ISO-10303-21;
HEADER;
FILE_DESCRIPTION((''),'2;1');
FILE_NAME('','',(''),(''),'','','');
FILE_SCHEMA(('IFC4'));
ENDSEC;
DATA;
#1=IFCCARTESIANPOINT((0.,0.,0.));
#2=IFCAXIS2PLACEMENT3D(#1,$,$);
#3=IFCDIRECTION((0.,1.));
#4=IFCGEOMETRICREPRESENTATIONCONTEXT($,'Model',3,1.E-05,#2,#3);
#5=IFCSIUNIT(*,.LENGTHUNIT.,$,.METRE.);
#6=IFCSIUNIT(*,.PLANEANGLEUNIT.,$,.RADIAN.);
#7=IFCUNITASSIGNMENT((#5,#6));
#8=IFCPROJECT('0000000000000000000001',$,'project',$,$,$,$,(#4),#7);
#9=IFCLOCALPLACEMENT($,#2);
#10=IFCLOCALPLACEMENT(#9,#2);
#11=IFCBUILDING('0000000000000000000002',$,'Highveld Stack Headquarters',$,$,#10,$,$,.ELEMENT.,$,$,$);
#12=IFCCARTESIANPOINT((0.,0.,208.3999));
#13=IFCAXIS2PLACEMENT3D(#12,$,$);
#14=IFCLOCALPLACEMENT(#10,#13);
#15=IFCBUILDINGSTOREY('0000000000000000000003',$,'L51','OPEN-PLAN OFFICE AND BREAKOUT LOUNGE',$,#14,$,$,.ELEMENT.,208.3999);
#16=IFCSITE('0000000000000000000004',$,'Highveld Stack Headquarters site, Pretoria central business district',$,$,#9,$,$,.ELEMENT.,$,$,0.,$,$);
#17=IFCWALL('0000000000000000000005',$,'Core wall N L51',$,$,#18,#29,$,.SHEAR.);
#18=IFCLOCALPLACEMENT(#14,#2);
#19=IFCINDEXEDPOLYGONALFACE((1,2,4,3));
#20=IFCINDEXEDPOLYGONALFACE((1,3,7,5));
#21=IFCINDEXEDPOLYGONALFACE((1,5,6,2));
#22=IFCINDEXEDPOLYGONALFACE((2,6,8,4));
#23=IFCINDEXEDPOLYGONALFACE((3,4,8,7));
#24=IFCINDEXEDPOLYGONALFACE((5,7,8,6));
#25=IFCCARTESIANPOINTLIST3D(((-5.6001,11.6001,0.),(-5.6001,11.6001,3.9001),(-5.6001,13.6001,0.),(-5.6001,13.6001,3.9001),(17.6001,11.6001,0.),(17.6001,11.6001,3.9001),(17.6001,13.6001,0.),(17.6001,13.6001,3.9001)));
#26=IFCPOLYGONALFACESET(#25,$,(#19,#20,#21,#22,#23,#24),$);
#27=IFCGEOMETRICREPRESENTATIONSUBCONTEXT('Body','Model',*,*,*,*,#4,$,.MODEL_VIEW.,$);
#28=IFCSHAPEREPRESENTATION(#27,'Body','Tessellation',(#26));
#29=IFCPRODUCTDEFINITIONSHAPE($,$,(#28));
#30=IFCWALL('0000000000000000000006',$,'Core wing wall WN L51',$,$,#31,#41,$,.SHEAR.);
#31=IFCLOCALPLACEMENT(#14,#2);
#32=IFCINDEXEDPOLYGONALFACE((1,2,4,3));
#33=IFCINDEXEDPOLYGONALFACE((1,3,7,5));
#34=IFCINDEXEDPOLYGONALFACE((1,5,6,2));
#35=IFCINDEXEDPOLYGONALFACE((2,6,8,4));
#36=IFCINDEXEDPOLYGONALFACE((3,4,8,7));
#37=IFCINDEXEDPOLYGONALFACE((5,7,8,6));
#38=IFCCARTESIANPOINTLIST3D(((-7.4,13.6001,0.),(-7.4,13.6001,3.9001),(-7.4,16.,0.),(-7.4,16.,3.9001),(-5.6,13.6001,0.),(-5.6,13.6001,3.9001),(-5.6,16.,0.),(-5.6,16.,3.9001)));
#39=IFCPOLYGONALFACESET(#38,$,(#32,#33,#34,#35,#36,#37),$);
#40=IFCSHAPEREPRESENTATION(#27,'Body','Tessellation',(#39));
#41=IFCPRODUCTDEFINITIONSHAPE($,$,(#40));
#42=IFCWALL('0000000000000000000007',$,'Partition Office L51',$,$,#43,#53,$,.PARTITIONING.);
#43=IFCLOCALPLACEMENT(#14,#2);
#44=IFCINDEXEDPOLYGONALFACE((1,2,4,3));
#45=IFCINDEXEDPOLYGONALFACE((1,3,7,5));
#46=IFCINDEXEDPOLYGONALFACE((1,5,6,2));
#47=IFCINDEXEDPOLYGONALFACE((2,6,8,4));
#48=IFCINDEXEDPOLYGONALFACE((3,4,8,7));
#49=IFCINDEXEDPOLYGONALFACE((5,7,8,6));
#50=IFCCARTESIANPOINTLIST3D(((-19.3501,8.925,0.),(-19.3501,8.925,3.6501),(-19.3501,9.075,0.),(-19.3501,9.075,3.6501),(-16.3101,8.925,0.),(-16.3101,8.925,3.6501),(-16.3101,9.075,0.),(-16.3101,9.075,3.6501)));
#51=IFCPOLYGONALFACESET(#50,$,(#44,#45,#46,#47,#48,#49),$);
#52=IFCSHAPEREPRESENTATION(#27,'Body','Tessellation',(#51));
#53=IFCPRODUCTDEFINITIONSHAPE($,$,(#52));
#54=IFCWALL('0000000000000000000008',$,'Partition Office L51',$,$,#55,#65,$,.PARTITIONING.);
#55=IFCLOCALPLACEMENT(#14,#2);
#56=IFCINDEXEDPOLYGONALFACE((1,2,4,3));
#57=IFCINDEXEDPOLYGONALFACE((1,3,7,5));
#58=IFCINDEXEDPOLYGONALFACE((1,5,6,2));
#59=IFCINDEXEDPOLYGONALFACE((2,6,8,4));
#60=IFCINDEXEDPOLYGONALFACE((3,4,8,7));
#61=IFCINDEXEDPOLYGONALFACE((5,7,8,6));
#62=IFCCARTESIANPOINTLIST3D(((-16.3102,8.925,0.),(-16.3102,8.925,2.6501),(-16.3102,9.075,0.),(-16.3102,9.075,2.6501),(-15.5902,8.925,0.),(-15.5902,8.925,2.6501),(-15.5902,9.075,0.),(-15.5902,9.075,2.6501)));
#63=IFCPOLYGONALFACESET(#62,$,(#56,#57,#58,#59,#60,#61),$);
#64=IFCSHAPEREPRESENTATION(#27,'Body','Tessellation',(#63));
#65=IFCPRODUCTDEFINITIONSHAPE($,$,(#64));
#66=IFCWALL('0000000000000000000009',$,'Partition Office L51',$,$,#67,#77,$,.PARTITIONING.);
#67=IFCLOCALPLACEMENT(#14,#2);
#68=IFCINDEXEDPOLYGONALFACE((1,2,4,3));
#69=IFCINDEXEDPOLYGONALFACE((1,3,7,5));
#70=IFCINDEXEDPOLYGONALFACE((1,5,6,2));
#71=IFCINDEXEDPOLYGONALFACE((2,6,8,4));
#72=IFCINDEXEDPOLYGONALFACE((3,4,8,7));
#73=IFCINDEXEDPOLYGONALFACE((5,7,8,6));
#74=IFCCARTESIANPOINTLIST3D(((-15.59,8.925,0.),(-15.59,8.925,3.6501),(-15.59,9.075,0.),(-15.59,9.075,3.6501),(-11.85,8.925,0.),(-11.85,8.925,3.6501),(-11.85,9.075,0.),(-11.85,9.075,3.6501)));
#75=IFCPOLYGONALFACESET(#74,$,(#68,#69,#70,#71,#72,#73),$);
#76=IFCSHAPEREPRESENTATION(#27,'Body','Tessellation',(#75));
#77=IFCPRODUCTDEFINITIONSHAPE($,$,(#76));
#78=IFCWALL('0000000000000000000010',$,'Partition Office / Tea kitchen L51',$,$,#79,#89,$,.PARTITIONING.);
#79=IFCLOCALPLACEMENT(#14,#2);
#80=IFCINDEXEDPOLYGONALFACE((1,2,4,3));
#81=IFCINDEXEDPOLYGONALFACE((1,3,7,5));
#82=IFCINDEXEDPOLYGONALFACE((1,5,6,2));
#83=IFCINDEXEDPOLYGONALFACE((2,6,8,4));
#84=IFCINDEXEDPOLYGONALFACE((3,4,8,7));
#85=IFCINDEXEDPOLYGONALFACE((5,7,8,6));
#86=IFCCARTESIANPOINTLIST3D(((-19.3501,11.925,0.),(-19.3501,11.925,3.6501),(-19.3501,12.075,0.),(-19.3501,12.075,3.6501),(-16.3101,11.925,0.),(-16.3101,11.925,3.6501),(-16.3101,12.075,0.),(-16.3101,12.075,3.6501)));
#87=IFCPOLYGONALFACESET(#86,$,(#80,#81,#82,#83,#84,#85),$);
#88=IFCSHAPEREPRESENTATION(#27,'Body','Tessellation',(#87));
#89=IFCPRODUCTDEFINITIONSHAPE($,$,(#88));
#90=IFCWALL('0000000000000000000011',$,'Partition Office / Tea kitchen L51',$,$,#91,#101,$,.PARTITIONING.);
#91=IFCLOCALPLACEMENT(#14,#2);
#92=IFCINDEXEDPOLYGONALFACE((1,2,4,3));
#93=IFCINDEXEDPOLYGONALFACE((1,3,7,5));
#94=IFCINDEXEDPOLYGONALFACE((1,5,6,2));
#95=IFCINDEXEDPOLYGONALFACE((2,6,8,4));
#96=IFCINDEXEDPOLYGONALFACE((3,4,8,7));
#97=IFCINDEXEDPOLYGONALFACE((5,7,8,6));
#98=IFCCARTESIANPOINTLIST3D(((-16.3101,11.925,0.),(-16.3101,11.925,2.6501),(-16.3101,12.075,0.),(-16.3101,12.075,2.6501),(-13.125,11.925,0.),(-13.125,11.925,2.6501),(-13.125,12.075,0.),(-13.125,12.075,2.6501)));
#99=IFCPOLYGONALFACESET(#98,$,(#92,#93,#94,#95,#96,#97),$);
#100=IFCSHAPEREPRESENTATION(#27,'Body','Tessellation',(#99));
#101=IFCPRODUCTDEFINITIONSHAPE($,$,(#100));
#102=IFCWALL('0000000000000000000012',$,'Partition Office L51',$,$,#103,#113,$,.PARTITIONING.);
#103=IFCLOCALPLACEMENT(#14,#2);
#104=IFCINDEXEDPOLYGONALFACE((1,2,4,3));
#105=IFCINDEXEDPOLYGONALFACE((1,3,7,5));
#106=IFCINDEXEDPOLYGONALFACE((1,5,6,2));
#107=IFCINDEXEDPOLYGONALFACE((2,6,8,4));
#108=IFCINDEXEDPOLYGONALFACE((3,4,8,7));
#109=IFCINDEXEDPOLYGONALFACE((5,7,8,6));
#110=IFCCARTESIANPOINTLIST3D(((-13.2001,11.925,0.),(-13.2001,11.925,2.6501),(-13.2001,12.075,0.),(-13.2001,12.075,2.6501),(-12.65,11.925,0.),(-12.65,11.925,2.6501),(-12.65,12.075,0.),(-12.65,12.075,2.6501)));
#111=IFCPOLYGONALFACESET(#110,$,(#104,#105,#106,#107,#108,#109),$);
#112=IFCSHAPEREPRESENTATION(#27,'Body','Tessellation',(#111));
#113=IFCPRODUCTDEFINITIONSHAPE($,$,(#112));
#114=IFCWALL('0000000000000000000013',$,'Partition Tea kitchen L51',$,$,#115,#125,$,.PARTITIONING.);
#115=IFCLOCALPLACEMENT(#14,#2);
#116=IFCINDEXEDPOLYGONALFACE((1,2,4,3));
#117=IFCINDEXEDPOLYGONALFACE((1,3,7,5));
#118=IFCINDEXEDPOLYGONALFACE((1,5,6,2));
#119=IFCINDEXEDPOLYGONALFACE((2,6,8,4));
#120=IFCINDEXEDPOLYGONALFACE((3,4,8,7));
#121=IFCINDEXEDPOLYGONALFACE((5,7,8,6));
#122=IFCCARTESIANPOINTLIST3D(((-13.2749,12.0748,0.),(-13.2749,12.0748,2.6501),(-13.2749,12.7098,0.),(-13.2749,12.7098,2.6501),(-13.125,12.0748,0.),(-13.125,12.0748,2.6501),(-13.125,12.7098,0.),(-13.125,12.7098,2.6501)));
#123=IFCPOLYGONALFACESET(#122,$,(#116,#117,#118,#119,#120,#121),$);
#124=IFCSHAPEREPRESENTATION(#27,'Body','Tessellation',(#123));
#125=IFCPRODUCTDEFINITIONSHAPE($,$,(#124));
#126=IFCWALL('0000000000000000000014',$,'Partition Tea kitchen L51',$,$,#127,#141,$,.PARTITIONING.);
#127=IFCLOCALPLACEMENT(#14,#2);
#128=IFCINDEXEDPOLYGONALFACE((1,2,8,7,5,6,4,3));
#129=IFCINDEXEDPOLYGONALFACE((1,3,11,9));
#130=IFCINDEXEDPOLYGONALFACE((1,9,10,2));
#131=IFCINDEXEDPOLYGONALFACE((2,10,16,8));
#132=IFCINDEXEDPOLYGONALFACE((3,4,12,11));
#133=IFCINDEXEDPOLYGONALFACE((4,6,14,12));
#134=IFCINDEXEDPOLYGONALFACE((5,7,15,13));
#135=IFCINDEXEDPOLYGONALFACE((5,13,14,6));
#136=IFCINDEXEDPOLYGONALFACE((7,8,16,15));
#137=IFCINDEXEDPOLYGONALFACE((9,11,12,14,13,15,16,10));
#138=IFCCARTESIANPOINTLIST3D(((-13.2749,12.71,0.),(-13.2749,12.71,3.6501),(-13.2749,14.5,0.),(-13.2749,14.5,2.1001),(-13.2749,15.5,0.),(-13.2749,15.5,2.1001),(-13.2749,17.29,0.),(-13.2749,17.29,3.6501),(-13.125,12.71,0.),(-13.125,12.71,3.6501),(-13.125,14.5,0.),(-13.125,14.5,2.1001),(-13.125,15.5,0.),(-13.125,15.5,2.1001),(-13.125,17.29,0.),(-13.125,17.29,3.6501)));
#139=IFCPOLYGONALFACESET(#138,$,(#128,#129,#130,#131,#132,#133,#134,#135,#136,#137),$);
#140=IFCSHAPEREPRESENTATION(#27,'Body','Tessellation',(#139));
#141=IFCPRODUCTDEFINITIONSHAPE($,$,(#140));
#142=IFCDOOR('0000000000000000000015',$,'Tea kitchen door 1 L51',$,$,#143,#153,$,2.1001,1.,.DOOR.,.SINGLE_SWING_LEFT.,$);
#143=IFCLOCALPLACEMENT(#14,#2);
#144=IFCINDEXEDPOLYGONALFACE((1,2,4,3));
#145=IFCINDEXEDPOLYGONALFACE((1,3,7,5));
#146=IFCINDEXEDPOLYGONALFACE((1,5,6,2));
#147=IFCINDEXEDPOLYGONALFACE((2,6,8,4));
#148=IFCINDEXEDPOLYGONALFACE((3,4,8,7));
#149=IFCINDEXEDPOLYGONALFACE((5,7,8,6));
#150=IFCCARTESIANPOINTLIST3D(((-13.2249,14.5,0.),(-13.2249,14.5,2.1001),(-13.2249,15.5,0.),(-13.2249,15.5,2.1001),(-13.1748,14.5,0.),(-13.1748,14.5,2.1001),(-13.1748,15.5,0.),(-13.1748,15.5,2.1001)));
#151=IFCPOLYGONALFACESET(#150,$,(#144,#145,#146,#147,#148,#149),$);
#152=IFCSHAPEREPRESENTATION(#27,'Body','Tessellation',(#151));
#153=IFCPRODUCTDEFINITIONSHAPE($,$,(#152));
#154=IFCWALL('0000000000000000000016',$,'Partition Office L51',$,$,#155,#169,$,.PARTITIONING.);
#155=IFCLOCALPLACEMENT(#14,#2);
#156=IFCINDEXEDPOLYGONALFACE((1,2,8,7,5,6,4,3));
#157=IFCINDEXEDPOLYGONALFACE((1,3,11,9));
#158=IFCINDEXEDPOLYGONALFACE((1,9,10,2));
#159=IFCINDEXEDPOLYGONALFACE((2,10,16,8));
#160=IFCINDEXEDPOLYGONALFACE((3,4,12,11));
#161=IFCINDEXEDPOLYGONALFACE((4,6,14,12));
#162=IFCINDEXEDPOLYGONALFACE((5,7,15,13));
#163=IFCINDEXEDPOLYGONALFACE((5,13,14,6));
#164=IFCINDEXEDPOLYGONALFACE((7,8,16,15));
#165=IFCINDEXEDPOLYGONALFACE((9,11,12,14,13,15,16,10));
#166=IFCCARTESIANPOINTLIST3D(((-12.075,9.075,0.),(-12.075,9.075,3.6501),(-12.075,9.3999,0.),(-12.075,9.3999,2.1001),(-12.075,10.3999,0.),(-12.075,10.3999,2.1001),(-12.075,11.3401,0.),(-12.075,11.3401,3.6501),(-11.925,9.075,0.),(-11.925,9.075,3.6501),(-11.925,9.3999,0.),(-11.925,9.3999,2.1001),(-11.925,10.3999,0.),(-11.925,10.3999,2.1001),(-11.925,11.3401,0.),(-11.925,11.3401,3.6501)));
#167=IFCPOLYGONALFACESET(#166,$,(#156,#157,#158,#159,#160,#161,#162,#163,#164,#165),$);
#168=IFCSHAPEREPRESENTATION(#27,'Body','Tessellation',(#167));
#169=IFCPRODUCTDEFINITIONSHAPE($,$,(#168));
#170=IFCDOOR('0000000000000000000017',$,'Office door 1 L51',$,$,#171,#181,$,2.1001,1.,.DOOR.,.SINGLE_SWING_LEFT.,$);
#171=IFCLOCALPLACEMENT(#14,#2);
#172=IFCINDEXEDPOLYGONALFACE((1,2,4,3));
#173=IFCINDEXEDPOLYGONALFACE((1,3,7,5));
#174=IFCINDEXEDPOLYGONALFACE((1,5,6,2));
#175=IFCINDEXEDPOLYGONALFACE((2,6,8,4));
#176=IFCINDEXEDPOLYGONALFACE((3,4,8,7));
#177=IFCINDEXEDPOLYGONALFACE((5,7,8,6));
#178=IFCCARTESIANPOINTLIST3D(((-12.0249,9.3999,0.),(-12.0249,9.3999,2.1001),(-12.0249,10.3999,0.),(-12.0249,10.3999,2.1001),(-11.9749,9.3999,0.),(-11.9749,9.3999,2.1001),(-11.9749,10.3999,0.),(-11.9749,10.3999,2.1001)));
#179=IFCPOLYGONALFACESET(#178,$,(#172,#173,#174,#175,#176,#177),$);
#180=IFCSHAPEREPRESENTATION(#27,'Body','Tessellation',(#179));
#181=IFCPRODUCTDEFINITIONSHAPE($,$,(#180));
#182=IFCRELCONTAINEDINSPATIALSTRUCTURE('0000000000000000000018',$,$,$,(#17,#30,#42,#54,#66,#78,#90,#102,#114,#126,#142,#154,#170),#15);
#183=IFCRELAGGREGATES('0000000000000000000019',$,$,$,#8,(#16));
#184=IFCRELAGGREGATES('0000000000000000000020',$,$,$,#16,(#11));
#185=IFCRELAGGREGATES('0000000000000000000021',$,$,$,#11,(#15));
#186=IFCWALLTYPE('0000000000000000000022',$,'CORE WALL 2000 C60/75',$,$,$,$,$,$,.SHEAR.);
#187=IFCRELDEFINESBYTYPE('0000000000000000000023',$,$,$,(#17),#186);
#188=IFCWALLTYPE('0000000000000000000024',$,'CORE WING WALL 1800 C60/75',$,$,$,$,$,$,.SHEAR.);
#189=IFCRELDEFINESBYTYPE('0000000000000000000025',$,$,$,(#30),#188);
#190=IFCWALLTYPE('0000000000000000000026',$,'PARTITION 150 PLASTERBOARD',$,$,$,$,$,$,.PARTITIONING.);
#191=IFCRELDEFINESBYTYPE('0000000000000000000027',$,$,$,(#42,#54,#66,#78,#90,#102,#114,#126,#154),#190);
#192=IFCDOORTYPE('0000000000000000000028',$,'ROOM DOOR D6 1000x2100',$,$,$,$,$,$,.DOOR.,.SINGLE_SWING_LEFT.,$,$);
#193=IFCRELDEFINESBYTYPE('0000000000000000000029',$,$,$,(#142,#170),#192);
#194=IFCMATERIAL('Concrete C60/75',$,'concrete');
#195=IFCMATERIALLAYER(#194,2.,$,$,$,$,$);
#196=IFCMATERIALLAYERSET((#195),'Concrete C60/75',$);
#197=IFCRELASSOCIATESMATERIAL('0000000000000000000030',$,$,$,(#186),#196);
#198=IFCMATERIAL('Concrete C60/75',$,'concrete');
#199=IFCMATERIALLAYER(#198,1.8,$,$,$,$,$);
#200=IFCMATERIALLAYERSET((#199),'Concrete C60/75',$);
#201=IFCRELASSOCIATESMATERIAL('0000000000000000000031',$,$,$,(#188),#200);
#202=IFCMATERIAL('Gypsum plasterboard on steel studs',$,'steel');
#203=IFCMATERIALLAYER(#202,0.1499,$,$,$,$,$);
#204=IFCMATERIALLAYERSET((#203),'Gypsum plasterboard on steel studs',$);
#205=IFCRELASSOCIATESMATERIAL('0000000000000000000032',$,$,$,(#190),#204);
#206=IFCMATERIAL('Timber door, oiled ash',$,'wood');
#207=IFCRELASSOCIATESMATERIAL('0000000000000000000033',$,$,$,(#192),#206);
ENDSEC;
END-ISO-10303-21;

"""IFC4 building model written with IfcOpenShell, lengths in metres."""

from ifc_helpers import new_model, si_unit, direction, frame, frame_2d, origin, place, context, subcontext, project, spatial, rectangle, extrude, material, layer, layer_set, type_object, element, fill, save


model = new_model("IFC4")

# Units and contexts
model_context = context("Model", 3, precision=1e-05, world=origin(), true_north=direction((0.0, 1.0)))
body_context = subcontext(model_context, "Body", "Model", "MODEL_VIEW")
ifc_project = project(units=[si_unit("LENGTHUNIT", "METRE"), si_unit("PLANEANGLEUNIT", "RADIAN")], contexts=[model_context])

# Site, building, storey
site_placement = place(None, origin())
site = spatial("IfcSite", under=ifc_project, at=site_placement, Name="Highveld Stack Headquarters site, Pretoria central business district", CompositionType="ELEMENT", RefElevation=0.0)
building_placement = place(site_placement, origin())
building = spatial("IfcBuilding", under=site, at=building_placement, Name="Highveld Stack Headquarters", CompositionType="ELEMENT")
storey_placement = place(building_placement, frame((0.0, 0.0, 208.3999)))
storey = spatial("IfcBuildingStorey", under=building, at=storey_placement, Name="L51", Description="OPEN-PLAN OFFICE AND BREAKOUT LOUNGE", CompositionType="ELEMENT", Elevation=208.3999)

# Walls
ifc_material_1 = material(Name="Concrete C60/75", Category="concrete")
ifc_layer_1 = layer(ifc_material_1, 2.0)
ifc_layer_set_1 = layer_set([ifc_layer_1], Name="Concrete C60/75")
wall_type_1 = type_object("IfcWallType", Name="CORE WALL 2000 C60/75", PredefinedType="SHEAR", material=ifc_layer_set_1)
wall_1_placement = place(storey_placement, frame((-5.6001, 12.6001, 0.0), z_axis=(0.0, 0.0, 1.0), x_axis=(1.0, 0.0, 0.0)))
element("IfcWall", 1, at=wall_1_placement, inside=storey, type_object=wall_type_1, Name="Core wall N L51", PredefinedType="SHEAR", context=body_context, shape_type="SweptSolid", body=[
    extrude(rectangle(XDim=23.2002, YDim=2.0, at=frame_2d((11.6001, 0.0))), origin(), (0.0, 0.0, 1.0), 3.9001),
])
ifc_material_2 = material(Name="Concrete C60/75", Category="concrete")
ifc_layer_2 = layer(ifc_material_2, 1.8)
ifc_layer_set_2 = layer_set([ifc_layer_2], Name="Concrete C60/75")
wall_type_2 = type_object("IfcWallType", Name="CORE WING WALL 1800 C60/75", PredefinedType="SHEAR", material=ifc_layer_set_2)
wall_2_placement = place(storey_placement, frame((-6.5, 13.6001, 0.0), z_axis=(0.0, 0.0, 1.0), x_axis=(0.0, 1.0, 0.0)))
element("IfcWall", 2, at=wall_2_placement, inside=storey, type_object=wall_type_2, Name="Core wing wall WN L51", PredefinedType="SHEAR", context=body_context, shape_type="SweptSolid", body=[
    extrude(rectangle(XDim=2.3999, YDim=1.8, at=frame_2d((1.2, 0.0))), origin(), (0.0, 0.0, 1.0), 3.9001),
])
ifc_material_3 = material(Name="Gypsum plasterboard on steel studs", Category="steel")
ifc_layer_3 = layer(ifc_material_3, 0.1499)
ifc_layer_set_3 = layer_set([ifc_layer_3], Name="Gypsum plasterboard on steel studs")
wall_type_3 = type_object("IfcWallType", Name="PARTITION 150 PLASTERBOARD", PredefinedType="PARTITIONING", material=ifc_layer_set_3)
wall_3_placement = place(storey_placement, frame((-19.3501, 9.0, 0.0), z_axis=(0.0, 0.0, 1.0), x_axis=(1.0, 0.0, 0.0)))
element("IfcWall", 3, at=wall_3_placement, inside=storey, type_object=wall_type_3, Name="Partition Office L51", PredefinedType="PARTITIONING", context=body_context, shape_type="SweptSolid", body=[
    extrude(rectangle(XDim=3.04, YDim=0.1499, at=frame_2d((1.52, 0.0))), origin(), (0.0, 0.0, 1.0), 3.6501),
])
wall_4_placement = place(storey_placement, frame((-16.3101, 9.0, 0.0), z_axis=(0.0, 0.0, 1.0), x_axis=(1.0, 0.0, 0.0)))
element("IfcWall", 4, at=wall_4_placement, inside=storey, type_object=wall_type_3, Name="Partition Office L51", PredefinedType="PARTITIONING", context=body_context, shape_type="SweptSolid", body=[
    extrude(rectangle(XDim=0.72, YDim=0.1499, at=frame_2d((0.3599, 0.0))), origin(), (0.0, 0.0, 1.0), 2.6501),
])
wall_5_placement = place(storey_placement, frame((-15.5901, 9.0, 0.0), z_axis=(0.0, 0.0, 1.0), x_axis=(1.0, 0.0, 0.0)))
element("IfcWall", 5, at=wall_5_placement, inside=storey, type_object=wall_type_3, Name="Partition Office L51", PredefinedType="PARTITIONING", context=body_context, shape_type="SweptSolid", body=[
    extrude(rectangle(XDim=3.74, YDim=0.1499, at=frame_2d((1.8701, 0.0))), origin(), (0.0, 0.0, 1.0), 3.6501),
])
wall_6_placement = place(storey_placement, frame((-19.3501, 12.0, 0.0), z_axis=(0.0, 0.0, 1.0), x_axis=(1.0, 0.0, 0.0)))
element("IfcWall", 6, at=wall_6_placement, inside=storey, type_object=wall_type_3, Name="Partition Office / Tea kitchen L51", PredefinedType="PARTITIONING", context=body_context, shape_type="SweptSolid", body=[
    extrude(rectangle(XDim=3.04, YDim=0.1499, at=frame_2d((1.52, 0.0))), origin(), (0.0, 0.0, 1.0), 3.6501),
])
wall_7_placement = place(storey_placement, frame((-16.3101, 12.0, 0.0), z_axis=(0.0, 0.0, 1.0), x_axis=(1.0, 0.0, 0.0)))
element("IfcWall", 7, at=wall_7_placement, inside=storey, type_object=wall_type_3, Name="Partition Office / Tea kitchen L51", PredefinedType="PARTITIONING", context=body_context, shape_type="SweptSolid", body=[
    extrude(rectangle(XDim=3.1851, YDim=0.1499, at=frame_2d((1.5925, 0.0))), origin(), (0.0, 0.0, 1.0), 2.6501),
])
wall_8_placement = place(storey_placement, frame((-13.2, 12.0, 0.0), z_axis=(0.0, 0.0, 1.0), x_axis=(1.0, 0.0, 0.0)))
element("IfcWall", 8, at=wall_8_placement, inside=storey, type_object=wall_type_3, Name="Partition Office L51", PredefinedType="PARTITIONING", context=body_context, shape_type="SweptSolid", body=[
    extrude(rectangle(XDim=0.55, YDim=0.1499, at=frame_2d((0.2749, 0.0))), origin(), (0.0, 0.0, 1.0), 2.6501),
])
wall_9_placement = place(storey_placement, frame((-13.2, 12.075, 0.0), z_axis=(0.0, 0.0, 1.0), x_axis=(0.0, 1.0, 0.0)))
element("IfcWall", 9, at=wall_9_placement, inside=storey, type_object=wall_type_3, Name="Partition Tea kitchen L51", PredefinedType="PARTITIONING", context=body_context, shape_type="SweptSolid", body=[
    extrude(rectangle(XDim=0.635, YDim=0.1499, at=frame_2d((0.3174, 0.0))), origin(), (0.0, 0.0, 1.0), 2.6501),
])

# Walls, openings, doors
wall_10_placement = place(storey_placement, frame((-13.2, 12.71, 0.0), z_axis=(0.0, 0.0, 1.0), x_axis=(0.0, 1.0, 0.0)))
wall_10 = element("IfcWall", 10, at=wall_10_placement, inside=storey, type_object=wall_type_3, Name="Partition Tea kitchen L51", PredefinedType="PARTITIONING", context=body_context, shape_type="SweptSolid", body=[
    extrude(rectangle(XDim=4.5801, YDim=0.1499, at=frame_2d((2.29, 0.0))), origin(), (0.0, 0.0, 1.0), 3.6501),
])
opening_1_placement = place(wall_10_placement, frame((1.79, 0.0, 0.0)))
opening_1 = element("IfcOpeningElement", 11, at=opening_1_placement, cuts=wall_10, PredefinedType="OPENING", context=body_context, shape_type="SweptSolid", body=[
    extrude(rectangle(XDim=1.0, YDim=2.1001, at=frame_2d((0.5, 1.05))), frame((0.0, 0.085, 0.0), z_axis=(0.0, -1.0, 0.0), x_axis=(1.0, 0.0, 0.0)), (0.0, 0.0, 1.0), 0.1699),
])
ifc_material_4 = material(Name="Timber door, oiled ash", Category="wood")
door_type = type_object("IfcDoorType", Name="ROOM DOOR D6 1000x2100", OperationType="SINGLE_SWING_LEFT", PredefinedType="DOOR", material=ifc_material_4)
door_1_placement = place(opening_1_placement, origin())
door_1 = element("IfcDoor", 12, at=door_1_placement, inside=storey, type_object=door_type, Name="Tea kitchen door 1 L51", OperationType="SINGLE_SWING_LEFT", OverallHeight=2.1001, OverallWidth=1.0, PredefinedType="DOOR", context=body_context, shape_type="SweptSolid", body=[
    extrude(rectangle(XDim=1.0, YDim=2.1001, at=frame_2d((0.5, 1.05))), frame((0.0, 0.0249, 0.0), z_axis=(0.0, -1.0, 0.0), x_axis=(1.0, 0.0, 0.0)), (0.0, 0.0, 1.0), 0.05),
])
fill(opening_1, door_1)
wall_11_placement = place(storey_placement, frame((-12.0, 9.075, 0.0), z_axis=(0.0, 0.0, 1.0), x_axis=(0.0, 1.0, 0.0)))
wall_11 = element("IfcWall", 13, at=wall_11_placement, inside=storey, type_object=wall_type_3, Name="Partition Office L51", PredefinedType="PARTITIONING", context=body_context, shape_type="SweptSolid", body=[
    extrude(rectangle(XDim=2.2651, YDim=0.1499, at=frame_2d((1.1326, 0.0))), origin(), (0.0, 0.0, 1.0), 3.6501),
])
opening_2_placement = place(wall_11_placement, frame((0.325, 0.0, 0.0)))
opening_2 = element("IfcOpeningElement", 14, at=opening_2_placement, cuts=wall_11, PredefinedType="OPENING", context=body_context, shape_type="SweptSolid", body=[
    extrude(rectangle(XDim=1.0, YDim=2.1001, at=frame_2d((0.5, 1.05))), frame((0.0, 0.085, 0.0), z_axis=(0.0, -1.0, 0.0), x_axis=(1.0, 0.0, 0.0)), (0.0, 0.0, 1.0), 0.1699),
])
door_2_placement = place(opening_2_placement, origin())
door_2 = element("IfcDoor", 15, at=door_2_placement, inside=storey, type_object=door_type, Name="Office door 1 L51", OperationType="SINGLE_SWING_LEFT", OverallHeight=2.1001, OverallWidth=1.0, PredefinedType="DOOR", context=body_context, shape_type="SweptSolid", body=[
    extrude(rectangle(XDim=1.0, YDim=2.1001, at=frame_2d((0.5, 1.05))), frame((0.0, 0.0249, 0.0), z_axis=(0.0, -1.0, 0.0), x_axis=(1.0, 0.0, 0.0)), (0.0, 0.0, 1.0), 0.05),
])
fill(opening_2, door_2)

save(model, "model.ifc")
